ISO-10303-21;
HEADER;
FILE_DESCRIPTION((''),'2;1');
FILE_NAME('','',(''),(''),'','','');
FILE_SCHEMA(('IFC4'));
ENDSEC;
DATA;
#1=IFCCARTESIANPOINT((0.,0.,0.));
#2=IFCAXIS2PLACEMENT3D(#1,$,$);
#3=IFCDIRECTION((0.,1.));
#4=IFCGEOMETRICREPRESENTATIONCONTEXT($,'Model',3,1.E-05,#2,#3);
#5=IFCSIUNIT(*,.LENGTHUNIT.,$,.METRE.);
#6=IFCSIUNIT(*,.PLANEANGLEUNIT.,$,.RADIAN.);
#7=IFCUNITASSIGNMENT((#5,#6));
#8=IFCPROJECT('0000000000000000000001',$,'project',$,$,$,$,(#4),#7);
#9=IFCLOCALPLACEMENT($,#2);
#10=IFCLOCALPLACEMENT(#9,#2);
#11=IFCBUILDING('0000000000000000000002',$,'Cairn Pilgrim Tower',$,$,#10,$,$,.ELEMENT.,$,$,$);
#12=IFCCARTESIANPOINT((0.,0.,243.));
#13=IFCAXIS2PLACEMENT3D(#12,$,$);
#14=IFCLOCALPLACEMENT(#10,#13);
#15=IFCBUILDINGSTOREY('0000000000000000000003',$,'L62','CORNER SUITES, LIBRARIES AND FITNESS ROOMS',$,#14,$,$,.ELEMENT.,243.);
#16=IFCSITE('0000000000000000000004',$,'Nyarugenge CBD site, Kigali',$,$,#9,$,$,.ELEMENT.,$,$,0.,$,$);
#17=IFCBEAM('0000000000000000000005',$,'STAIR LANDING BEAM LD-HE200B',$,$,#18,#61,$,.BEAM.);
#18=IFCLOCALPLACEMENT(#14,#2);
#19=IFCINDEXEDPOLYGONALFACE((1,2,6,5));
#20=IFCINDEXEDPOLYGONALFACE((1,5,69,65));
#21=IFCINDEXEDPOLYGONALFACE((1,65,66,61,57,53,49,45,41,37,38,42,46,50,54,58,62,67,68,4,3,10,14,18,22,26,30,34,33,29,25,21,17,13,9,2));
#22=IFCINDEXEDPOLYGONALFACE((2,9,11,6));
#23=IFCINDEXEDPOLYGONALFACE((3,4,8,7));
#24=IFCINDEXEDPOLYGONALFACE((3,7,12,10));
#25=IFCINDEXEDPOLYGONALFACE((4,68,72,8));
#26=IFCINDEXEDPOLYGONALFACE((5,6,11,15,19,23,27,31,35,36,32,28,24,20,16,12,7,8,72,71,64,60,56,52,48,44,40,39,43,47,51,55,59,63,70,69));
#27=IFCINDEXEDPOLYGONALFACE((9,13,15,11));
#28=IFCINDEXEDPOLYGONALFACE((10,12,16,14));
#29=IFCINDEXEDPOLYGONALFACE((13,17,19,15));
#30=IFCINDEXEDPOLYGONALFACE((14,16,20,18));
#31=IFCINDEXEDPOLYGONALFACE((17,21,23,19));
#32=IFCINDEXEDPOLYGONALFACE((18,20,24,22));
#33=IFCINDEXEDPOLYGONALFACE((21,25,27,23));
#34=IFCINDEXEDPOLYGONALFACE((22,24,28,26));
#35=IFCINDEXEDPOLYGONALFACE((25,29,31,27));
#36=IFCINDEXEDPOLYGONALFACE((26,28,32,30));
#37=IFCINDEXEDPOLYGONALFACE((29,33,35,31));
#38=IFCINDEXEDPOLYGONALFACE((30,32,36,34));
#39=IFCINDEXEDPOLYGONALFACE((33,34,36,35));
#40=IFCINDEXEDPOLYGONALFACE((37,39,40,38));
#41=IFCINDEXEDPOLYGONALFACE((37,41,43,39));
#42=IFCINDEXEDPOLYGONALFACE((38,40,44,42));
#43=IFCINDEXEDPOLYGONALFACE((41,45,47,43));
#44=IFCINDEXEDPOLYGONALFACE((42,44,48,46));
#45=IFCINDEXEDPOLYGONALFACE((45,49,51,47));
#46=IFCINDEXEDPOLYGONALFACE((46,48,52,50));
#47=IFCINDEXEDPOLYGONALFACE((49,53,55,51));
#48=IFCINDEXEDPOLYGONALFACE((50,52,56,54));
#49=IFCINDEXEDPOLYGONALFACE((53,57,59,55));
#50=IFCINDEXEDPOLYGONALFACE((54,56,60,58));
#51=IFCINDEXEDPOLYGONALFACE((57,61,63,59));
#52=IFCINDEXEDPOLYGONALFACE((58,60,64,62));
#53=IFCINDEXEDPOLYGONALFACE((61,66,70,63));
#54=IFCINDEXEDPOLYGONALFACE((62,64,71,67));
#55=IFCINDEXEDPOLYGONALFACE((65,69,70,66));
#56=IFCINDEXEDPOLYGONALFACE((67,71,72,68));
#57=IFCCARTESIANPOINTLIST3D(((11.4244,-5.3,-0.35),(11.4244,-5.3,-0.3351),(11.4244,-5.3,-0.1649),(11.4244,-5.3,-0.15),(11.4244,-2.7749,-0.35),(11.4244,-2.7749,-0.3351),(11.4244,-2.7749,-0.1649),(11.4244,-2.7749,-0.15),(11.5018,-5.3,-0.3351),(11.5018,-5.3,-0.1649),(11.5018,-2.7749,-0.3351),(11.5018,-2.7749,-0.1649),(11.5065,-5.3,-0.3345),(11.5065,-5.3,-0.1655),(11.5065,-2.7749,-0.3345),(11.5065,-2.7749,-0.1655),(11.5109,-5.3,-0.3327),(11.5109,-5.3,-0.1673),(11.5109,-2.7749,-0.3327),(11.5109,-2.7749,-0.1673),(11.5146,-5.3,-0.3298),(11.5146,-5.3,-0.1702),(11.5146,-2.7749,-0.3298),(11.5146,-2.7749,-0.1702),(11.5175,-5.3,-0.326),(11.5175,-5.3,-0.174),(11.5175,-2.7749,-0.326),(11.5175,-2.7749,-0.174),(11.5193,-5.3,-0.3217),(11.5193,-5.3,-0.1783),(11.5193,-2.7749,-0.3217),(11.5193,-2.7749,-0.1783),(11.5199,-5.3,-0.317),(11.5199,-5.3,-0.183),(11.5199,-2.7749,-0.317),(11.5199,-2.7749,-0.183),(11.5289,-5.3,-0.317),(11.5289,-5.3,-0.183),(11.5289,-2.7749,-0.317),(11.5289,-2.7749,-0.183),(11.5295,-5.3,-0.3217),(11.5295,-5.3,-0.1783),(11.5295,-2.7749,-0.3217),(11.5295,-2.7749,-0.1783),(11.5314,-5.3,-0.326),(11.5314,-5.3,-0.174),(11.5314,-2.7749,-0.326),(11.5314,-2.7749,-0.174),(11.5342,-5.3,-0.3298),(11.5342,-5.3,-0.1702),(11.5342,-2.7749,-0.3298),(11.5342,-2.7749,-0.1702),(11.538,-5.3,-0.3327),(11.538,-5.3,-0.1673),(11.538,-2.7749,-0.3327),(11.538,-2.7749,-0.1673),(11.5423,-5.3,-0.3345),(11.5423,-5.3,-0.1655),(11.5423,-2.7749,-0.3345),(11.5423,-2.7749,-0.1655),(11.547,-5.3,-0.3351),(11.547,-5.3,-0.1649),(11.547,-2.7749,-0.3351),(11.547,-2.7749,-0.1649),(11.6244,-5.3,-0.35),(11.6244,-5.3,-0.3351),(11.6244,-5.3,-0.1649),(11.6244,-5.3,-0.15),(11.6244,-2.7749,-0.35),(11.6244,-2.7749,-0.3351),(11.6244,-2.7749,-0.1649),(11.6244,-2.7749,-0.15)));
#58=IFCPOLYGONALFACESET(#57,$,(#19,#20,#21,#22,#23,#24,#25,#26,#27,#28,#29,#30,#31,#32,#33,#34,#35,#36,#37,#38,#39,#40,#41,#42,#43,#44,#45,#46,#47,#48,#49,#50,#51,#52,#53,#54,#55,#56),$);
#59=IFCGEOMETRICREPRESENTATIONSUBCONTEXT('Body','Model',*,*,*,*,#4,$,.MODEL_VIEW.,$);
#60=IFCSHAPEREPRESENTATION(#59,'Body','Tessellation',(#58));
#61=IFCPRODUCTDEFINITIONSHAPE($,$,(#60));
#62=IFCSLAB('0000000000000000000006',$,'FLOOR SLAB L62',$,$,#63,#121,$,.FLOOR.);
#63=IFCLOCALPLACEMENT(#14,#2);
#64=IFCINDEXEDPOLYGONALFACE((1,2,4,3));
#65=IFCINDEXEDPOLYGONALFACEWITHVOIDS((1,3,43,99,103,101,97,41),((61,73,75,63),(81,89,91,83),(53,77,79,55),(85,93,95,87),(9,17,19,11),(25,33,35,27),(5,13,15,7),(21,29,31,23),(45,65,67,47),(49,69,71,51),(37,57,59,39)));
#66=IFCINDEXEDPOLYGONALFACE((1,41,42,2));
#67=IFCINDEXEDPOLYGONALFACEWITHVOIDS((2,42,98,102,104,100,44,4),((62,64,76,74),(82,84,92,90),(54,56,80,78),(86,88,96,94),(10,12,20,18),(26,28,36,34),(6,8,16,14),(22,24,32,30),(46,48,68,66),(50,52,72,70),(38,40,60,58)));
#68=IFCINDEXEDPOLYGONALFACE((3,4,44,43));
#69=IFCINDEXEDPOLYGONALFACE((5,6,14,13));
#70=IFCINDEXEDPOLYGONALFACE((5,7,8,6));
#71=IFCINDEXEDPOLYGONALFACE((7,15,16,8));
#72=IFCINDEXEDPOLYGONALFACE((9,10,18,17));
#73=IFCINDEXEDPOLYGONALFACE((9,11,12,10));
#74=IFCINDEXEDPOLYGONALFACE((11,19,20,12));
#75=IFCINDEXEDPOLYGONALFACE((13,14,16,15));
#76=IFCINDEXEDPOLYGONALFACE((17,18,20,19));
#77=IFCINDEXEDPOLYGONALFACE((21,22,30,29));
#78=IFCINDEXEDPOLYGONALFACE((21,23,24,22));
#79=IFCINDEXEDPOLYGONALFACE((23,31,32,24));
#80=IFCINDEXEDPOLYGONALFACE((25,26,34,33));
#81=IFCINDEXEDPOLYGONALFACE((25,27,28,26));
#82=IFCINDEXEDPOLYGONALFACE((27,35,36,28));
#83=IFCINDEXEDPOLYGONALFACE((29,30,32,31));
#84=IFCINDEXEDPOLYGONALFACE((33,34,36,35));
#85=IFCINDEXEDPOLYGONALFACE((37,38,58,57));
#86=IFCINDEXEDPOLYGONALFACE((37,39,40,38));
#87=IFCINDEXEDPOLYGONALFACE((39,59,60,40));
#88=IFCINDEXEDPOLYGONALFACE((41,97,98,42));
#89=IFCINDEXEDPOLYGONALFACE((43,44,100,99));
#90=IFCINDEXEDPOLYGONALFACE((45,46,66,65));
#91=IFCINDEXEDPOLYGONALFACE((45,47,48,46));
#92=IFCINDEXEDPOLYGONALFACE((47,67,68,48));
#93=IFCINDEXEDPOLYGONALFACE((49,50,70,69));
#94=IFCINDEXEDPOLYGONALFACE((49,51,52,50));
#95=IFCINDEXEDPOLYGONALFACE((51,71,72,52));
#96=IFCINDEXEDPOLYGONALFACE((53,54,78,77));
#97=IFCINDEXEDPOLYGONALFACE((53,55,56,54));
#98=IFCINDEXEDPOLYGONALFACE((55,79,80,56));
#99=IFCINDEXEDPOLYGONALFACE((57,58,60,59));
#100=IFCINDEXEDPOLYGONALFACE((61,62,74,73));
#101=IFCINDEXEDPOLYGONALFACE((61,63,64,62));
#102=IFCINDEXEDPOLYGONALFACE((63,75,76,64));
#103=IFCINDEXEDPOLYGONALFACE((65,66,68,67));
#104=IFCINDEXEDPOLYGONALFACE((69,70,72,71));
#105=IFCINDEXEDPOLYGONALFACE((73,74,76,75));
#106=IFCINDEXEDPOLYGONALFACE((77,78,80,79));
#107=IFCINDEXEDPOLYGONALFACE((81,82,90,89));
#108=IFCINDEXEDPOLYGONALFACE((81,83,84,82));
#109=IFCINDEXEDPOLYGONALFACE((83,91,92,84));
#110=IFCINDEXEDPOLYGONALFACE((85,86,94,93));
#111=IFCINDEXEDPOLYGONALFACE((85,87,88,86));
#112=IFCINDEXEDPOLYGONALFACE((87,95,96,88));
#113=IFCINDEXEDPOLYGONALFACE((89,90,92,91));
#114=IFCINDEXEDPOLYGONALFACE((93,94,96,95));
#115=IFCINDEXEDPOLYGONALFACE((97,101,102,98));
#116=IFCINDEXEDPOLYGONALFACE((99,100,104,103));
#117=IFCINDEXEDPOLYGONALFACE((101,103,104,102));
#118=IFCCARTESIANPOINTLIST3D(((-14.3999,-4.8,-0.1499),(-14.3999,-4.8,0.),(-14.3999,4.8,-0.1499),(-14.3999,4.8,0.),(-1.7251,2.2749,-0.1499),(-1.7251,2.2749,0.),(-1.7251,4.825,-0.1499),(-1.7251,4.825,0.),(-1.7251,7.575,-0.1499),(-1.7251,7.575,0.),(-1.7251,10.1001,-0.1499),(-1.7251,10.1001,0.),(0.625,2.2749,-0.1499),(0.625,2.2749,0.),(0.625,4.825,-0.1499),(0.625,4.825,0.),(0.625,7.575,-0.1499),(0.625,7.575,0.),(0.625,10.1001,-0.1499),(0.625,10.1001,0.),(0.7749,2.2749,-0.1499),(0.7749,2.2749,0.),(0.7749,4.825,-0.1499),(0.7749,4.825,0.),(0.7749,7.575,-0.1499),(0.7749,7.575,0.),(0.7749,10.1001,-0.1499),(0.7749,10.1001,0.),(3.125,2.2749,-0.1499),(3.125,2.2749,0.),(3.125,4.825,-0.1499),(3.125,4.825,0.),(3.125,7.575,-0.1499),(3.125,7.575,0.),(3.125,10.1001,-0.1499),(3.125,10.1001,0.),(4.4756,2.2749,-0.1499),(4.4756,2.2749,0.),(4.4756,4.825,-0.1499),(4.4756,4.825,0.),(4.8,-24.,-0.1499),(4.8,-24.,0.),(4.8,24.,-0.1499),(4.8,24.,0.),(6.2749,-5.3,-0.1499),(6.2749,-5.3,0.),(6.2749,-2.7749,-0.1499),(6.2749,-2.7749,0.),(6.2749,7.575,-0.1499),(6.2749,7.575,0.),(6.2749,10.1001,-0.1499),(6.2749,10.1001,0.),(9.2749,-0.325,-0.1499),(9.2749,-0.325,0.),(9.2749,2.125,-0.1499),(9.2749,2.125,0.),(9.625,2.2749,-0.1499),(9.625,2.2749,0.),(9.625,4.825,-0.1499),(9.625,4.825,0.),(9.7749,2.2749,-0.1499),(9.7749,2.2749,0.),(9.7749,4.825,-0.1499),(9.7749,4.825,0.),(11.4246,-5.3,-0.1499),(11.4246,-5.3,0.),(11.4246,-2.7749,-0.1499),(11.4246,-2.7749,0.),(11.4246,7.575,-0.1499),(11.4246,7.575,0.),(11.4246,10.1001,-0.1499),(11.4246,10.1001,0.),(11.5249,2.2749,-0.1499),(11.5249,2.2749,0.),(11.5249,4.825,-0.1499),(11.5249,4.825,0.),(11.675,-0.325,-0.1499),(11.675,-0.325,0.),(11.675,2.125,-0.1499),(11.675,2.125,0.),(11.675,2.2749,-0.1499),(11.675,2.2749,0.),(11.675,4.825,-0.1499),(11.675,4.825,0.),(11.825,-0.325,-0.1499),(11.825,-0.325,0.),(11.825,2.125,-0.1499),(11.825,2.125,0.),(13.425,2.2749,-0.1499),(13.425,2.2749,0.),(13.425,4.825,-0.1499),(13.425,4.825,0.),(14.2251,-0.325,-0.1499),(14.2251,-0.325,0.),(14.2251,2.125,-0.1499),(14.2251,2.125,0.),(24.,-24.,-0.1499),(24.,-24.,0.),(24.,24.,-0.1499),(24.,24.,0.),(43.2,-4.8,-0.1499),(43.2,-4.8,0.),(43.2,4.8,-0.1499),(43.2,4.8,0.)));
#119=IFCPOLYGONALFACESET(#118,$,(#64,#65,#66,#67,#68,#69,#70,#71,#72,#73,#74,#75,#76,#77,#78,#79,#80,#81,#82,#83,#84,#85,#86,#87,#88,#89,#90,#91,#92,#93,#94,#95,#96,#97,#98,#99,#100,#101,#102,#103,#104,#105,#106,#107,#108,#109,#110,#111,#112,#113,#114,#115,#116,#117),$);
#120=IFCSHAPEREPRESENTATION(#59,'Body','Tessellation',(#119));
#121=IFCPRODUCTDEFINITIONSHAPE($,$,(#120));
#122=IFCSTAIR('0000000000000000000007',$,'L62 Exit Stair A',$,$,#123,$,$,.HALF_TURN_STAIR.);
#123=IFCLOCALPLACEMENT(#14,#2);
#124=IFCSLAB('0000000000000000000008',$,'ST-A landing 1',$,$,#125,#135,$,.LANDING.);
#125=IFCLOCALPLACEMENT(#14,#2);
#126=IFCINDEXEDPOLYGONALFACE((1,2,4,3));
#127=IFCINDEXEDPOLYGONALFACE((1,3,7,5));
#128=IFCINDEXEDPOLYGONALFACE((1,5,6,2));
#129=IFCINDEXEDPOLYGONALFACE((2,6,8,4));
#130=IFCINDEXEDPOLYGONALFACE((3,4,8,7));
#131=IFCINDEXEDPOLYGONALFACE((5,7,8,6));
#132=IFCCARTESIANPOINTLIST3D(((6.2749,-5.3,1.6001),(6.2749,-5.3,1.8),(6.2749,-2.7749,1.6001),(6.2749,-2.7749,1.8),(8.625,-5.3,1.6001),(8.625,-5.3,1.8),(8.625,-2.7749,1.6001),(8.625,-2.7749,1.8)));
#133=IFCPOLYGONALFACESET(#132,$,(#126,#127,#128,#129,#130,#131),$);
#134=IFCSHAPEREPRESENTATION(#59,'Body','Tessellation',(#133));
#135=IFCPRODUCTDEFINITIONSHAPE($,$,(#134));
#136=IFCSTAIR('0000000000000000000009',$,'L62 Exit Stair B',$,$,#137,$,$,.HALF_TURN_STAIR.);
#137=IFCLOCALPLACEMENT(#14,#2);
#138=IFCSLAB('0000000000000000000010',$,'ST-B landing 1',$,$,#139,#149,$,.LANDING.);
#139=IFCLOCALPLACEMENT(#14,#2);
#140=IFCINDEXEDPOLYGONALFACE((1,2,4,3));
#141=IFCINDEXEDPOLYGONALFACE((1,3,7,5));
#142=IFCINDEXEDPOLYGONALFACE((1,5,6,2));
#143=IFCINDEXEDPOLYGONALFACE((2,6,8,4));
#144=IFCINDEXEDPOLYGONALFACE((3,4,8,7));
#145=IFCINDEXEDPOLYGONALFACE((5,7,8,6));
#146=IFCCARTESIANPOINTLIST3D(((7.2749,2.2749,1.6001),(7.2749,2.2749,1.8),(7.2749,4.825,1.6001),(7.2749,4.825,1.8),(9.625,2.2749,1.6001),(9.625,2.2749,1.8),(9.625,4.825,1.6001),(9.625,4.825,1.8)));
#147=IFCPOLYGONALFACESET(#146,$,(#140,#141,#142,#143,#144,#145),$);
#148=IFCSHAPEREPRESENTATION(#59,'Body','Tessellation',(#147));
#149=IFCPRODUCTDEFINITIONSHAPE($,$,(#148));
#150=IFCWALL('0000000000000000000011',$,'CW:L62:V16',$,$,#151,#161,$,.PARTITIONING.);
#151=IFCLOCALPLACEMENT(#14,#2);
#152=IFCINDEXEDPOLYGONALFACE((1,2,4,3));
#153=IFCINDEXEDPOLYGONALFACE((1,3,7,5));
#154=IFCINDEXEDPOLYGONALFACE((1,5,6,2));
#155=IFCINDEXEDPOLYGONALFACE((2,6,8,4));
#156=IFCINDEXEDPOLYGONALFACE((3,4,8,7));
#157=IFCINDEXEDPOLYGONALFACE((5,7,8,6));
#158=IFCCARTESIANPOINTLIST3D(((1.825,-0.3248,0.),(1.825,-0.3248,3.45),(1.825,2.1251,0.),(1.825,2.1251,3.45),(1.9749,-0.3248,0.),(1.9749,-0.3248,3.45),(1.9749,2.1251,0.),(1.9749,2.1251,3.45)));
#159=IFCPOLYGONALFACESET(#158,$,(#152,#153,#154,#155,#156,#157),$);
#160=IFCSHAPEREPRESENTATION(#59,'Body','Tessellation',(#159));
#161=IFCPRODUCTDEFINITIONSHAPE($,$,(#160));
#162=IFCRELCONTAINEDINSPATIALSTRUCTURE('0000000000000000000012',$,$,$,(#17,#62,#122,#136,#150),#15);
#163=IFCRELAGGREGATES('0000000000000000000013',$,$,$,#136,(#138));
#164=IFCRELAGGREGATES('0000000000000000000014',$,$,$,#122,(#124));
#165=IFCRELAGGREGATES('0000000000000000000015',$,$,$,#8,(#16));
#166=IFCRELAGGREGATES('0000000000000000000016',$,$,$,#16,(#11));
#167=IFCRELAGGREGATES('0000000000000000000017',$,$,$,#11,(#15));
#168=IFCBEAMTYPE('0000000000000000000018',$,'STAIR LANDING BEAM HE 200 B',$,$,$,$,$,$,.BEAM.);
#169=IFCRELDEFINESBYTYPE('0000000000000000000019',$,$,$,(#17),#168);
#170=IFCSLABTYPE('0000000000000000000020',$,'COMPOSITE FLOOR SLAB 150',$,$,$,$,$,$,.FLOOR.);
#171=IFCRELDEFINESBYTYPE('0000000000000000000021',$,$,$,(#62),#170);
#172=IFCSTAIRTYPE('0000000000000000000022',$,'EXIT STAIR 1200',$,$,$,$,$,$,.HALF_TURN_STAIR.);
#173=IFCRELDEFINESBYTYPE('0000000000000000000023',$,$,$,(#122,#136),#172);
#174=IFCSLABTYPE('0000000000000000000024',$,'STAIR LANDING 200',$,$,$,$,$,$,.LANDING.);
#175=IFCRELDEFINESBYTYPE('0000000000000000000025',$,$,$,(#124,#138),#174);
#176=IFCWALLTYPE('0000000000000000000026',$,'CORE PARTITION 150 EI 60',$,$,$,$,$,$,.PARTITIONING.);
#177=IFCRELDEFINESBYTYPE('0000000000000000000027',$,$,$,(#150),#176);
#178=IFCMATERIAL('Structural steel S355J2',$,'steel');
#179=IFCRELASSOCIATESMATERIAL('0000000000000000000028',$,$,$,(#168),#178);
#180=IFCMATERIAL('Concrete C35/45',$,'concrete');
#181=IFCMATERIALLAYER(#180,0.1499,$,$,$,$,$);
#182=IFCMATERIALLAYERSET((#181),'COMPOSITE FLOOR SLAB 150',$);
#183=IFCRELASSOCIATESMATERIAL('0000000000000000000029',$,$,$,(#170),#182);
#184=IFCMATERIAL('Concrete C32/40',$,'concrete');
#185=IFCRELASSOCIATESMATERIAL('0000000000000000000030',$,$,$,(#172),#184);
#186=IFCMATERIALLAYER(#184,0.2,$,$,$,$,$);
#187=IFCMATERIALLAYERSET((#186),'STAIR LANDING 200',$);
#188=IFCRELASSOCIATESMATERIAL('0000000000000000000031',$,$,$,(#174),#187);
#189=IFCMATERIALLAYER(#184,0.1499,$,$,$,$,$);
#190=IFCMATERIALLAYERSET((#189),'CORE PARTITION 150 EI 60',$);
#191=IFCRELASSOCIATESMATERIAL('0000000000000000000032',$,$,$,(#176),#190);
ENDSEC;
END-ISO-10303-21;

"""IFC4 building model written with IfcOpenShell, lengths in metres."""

from ifc_helpers import new_model, si_unit, direction, frame, frame_2d, origin, origin_2d, place, context, subcontext, project, spatial, polyline, rectangle, i_section, outline, extrude, material, layer, layer_set, material_profile, profile_set, type_object, element, aggregate, save


model = new_model("IFC4")

# Units and contexts
model_context = context("Model", 3, precision=1e-05, world=origin(), true_north=direction((0.0, 1.0)))
body_context = subcontext(model_context, "Body", "Model", "MODEL_VIEW")
ifc_project = project(units=[si_unit("LENGTHUNIT", "METRE"), si_unit("PLANEANGLEUNIT", "RADIAN")], contexts=[model_context])

# Site, building, storey
site_placement = place(None, origin())
site = spatial("IfcSite", under=ifc_project, at=site_placement, Name="Nyarugenge CBD site, Kigali", CompositionType="ELEMENT", RefElevation=0.0)
building_placement = place(site_placement, origin())
building = spatial("IfcBuilding", under=site, at=building_placement, Name="Cairn Pilgrim Tower", CompositionType="ELEMENT")
storey_placement = place(building_placement, frame((0.0, 0.0, 243.0)))
storey = spatial("IfcBuildingStorey", under=building, at=storey_placement, Name="L62", Description="CORNER SUITES, LIBRARIES AND FITNESS ROOMS", CompositionType="ELEMENT", Elevation=243.0)

# Shared definitions
ifc_material_1 = material(Name="Structural steel S355J2", Category="steel")

# Beam
ifc_material_profile_1 = material_profile(ifc_material_1, i_section(OverallWidth=0.2, OverallDepth=0.2, WebThickness=0.009, FlangeThickness=0.0149, FilletRadius=0.0181, at=origin_2d()), Name="HE 200 B")
ifc_profile_set_1 = profile_set([ifc_material_profile_1], Name="Structural steel S355J2")
beam_type_1 = type_object("IfcBeamType", Name="STAIR LANDING BEAM HE 200 B", PredefinedType="BEAM", material=ifc_profile_set_1)
beam_1_placement = place(storey_placement, frame((11.5244, -2.7749, -0.25), z_axis=(0.0, -1.0, 0.0), x_axis=(1.0, 0.0, 0.0)))
element("IfcBeam", 1, at=beam_1_placement, inside=storey, type_object=beam_type_1, Name="STAIR LANDING BEAM LD-HE200B", PredefinedType="BEAM", context=body_context, shape_type="SweptSolid", body=[
    extrude(i_section(OverallWidth=0.2, OverallDepth=0.2, WebThickness=0.009, FlangeThickness=0.0149, FilletRadius=0.0181, at=origin_2d()), origin(), (0.0, 0.0, 1.0), 2.5251),
])

# Slab
ifc_material_2 = material(Name="Concrete C35/45", Category="concrete")
ifc_layer_1 = layer(ifc_material_2, 0.1499)
ifc_layer_set_1 = layer_set([ifc_layer_1], Name="COMPOSITE FLOOR SLAB 150")
slab_type_1 = type_object("IfcSlabType", Name="COMPOSITE FLOOR SLAB 150", PredefinedType="FLOOR", material=ifc_layer_set_1)
slab_1_placement = place(storey_placement, frame((0.0, 0.0, -0.1499)))
element("IfcSlab", 2, at=slab_1_placement, inside=storey, type_object=slab_type_1, Name="FLOOR SLAB L62", PredefinedType="FLOOR", context=body_context, shape_type="SweptSolid", body=[
    extrude(outline(polyline([(4.8, -24.0), (24.0, -24.0), (43.2, -4.8), (43.2, 4.8), (24.0, 24.0), (4.8, 24.0), (-14.3999, 4.8), (-14.3999, -4.8), (4.8, -24.0)]), holes=[polyline([(9.2749, -0.325), (11.675, -0.325), (11.675, 2.125), (9.2749, 2.125), (9.2749, -0.325)]), polyline([(11.825, -0.325), (14.2251, -0.325), (14.2251, 2.125), (11.825, 2.125), (11.825, -0.325)]), polyline([(-1.7251, 2.2749), (0.625, 2.2749), (0.625, 4.825), (-1.7251, 4.825), (-1.7251, 2.2749)]), polyline([(0.7749, 2.2749), (3.125, 2.2749), (3.125, 4.825), (0.7749, 4.825), (0.7749, 2.2749)]), polyline([(-1.7251, 7.575), (0.625, 7.575), (0.625, 10.1001), (-1.7251, 10.1001), (-1.7251, 7.575)]), polyline([(0.7749, 7.575), (3.125, 7.575), (3.125, 10.1001), (0.7749, 10.1001), (0.7749, 7.575)]), polyline([(9.7749, 2.2749), (11.5249, 2.2749), (11.5249, 4.825), (9.7749, 4.825), (9.7749, 2.2749)]), polyline([(11.675, 2.2749), (13.425, 2.2749), (13.425, 4.825), (11.675, 4.825), (11.675, 2.2749)]), polyline([(11.4246, -2.7749), (6.2749, -2.7749), (6.2749, -5.3), (11.4246, -5.3), (11.4246, -2.7749)]), polyline([(4.4756, 2.2749), (9.625, 2.2749), (9.625, 4.825), (4.4756, 4.825), (4.4756, 2.2749)]), polyline([(11.4246, 10.1001), (6.2749, 10.1001), (6.2749, 7.575), (11.4246, 7.575), (11.4246, 10.1001)])]), origin(), (0.0, 0.0, 1.0), 0.1499),
])

# Stairs, slabs
ifc_material_3 = material(Name="Concrete C32/40", Category="concrete")
stair_type = type_object("IfcStairType", Name="EXIT STAIR 1200", PredefinedType="HALF_TURN_STAIR", material=ifc_material_3)
stair_1_placement = place(storey_placement, origin())
stair_1 = element("IfcStair", 3, at=stair_1_placement, inside=storey, type_object=stair_type, Name="L62 Exit Stair A", PredefinedType="HALF_TURN_STAIR")
ifc_layer_2 = layer(ifc_material_3, 0.2)
ifc_layer_set_2 = layer_set([ifc_layer_2], Name="STAIR LANDING 200")
slab_type_2 = type_object("IfcSlabType", Name="STAIR LANDING 200", PredefinedType="LANDING", material=ifc_layer_set_2)
slab_2_placement = place(storey_placement, frame((0.0, 0.0, 1.6001)))
slab_2 = element("IfcSlab", 4, at=slab_2_placement, type_object=slab_type_2, Name="ST-A landing 1", PredefinedType="LANDING", context=body_context, shape_type="SweptSolid", body=[
    extrude(outline(polyline([(8.625, -2.7749), (6.2749, -2.7749), (6.2749, -5.3), (8.625, -5.3), (8.625, -2.7749)])), origin(), (0.0, 0.0, 1.0), 0.2),
])
stair_2_placement = place(storey_placement, origin())
stair_2 = element("IfcStair", 5, at=stair_2_placement, inside=storey, type_object=stair_type, Name="L62 Exit Stair B", PredefinedType="HALF_TURN_STAIR")
slab_3_placement = place(storey_placement, frame((0.0, 0.0, 1.6001)))
slab_3 = element("IfcSlab", 6, at=slab_3_placement, type_object=slab_type_2, Name="ST-B landing 1", PredefinedType="LANDING", context=body_context, shape_type="SweptSolid", body=[
    extrude(outline(polyline([(7.2749, 2.2749), (9.625, 2.2749), (9.625, 4.825), (7.2749, 4.825), (7.2749, 2.2749)])), origin(), (0.0, 0.0, 1.0), 0.2),
])
aggregate(stair_2, [slab_3])

# Wall
ifc_layer_3 = layer(ifc_material_3, 0.1499)
ifc_layer_set_3 = layer_set([ifc_layer_3], Name="CORE PARTITION 150 EI 60")
wall_type_1 = type_object("IfcWallType", Name="CORE PARTITION 150 EI 60", PredefinedType="PARTITIONING", material=ifc_layer_set_3)
wall_1_placement = place(storey_placement, frame((1.8999, -0.325, 0.0), z_axis=(0.0, 0.0, 1.0), x_axis=(0.0, 1.0, 0.0)))
element("IfcWall", 7, at=wall_1_placement, inside=storey, type_object=wall_type_1, Name="CW:L62:V16", PredefinedType="PARTITIONING", context=body_context, shape_type="SweptSolid", body=[
    extrude(rectangle(XDim=2.45, YDim=0.1499, at=frame_2d((1.2251, 0.0))), origin(), (0.0, 0.0, 1.0), 3.45),
])

aggregate(stair_1, [slab_2])

save(model, "model.ifc")
